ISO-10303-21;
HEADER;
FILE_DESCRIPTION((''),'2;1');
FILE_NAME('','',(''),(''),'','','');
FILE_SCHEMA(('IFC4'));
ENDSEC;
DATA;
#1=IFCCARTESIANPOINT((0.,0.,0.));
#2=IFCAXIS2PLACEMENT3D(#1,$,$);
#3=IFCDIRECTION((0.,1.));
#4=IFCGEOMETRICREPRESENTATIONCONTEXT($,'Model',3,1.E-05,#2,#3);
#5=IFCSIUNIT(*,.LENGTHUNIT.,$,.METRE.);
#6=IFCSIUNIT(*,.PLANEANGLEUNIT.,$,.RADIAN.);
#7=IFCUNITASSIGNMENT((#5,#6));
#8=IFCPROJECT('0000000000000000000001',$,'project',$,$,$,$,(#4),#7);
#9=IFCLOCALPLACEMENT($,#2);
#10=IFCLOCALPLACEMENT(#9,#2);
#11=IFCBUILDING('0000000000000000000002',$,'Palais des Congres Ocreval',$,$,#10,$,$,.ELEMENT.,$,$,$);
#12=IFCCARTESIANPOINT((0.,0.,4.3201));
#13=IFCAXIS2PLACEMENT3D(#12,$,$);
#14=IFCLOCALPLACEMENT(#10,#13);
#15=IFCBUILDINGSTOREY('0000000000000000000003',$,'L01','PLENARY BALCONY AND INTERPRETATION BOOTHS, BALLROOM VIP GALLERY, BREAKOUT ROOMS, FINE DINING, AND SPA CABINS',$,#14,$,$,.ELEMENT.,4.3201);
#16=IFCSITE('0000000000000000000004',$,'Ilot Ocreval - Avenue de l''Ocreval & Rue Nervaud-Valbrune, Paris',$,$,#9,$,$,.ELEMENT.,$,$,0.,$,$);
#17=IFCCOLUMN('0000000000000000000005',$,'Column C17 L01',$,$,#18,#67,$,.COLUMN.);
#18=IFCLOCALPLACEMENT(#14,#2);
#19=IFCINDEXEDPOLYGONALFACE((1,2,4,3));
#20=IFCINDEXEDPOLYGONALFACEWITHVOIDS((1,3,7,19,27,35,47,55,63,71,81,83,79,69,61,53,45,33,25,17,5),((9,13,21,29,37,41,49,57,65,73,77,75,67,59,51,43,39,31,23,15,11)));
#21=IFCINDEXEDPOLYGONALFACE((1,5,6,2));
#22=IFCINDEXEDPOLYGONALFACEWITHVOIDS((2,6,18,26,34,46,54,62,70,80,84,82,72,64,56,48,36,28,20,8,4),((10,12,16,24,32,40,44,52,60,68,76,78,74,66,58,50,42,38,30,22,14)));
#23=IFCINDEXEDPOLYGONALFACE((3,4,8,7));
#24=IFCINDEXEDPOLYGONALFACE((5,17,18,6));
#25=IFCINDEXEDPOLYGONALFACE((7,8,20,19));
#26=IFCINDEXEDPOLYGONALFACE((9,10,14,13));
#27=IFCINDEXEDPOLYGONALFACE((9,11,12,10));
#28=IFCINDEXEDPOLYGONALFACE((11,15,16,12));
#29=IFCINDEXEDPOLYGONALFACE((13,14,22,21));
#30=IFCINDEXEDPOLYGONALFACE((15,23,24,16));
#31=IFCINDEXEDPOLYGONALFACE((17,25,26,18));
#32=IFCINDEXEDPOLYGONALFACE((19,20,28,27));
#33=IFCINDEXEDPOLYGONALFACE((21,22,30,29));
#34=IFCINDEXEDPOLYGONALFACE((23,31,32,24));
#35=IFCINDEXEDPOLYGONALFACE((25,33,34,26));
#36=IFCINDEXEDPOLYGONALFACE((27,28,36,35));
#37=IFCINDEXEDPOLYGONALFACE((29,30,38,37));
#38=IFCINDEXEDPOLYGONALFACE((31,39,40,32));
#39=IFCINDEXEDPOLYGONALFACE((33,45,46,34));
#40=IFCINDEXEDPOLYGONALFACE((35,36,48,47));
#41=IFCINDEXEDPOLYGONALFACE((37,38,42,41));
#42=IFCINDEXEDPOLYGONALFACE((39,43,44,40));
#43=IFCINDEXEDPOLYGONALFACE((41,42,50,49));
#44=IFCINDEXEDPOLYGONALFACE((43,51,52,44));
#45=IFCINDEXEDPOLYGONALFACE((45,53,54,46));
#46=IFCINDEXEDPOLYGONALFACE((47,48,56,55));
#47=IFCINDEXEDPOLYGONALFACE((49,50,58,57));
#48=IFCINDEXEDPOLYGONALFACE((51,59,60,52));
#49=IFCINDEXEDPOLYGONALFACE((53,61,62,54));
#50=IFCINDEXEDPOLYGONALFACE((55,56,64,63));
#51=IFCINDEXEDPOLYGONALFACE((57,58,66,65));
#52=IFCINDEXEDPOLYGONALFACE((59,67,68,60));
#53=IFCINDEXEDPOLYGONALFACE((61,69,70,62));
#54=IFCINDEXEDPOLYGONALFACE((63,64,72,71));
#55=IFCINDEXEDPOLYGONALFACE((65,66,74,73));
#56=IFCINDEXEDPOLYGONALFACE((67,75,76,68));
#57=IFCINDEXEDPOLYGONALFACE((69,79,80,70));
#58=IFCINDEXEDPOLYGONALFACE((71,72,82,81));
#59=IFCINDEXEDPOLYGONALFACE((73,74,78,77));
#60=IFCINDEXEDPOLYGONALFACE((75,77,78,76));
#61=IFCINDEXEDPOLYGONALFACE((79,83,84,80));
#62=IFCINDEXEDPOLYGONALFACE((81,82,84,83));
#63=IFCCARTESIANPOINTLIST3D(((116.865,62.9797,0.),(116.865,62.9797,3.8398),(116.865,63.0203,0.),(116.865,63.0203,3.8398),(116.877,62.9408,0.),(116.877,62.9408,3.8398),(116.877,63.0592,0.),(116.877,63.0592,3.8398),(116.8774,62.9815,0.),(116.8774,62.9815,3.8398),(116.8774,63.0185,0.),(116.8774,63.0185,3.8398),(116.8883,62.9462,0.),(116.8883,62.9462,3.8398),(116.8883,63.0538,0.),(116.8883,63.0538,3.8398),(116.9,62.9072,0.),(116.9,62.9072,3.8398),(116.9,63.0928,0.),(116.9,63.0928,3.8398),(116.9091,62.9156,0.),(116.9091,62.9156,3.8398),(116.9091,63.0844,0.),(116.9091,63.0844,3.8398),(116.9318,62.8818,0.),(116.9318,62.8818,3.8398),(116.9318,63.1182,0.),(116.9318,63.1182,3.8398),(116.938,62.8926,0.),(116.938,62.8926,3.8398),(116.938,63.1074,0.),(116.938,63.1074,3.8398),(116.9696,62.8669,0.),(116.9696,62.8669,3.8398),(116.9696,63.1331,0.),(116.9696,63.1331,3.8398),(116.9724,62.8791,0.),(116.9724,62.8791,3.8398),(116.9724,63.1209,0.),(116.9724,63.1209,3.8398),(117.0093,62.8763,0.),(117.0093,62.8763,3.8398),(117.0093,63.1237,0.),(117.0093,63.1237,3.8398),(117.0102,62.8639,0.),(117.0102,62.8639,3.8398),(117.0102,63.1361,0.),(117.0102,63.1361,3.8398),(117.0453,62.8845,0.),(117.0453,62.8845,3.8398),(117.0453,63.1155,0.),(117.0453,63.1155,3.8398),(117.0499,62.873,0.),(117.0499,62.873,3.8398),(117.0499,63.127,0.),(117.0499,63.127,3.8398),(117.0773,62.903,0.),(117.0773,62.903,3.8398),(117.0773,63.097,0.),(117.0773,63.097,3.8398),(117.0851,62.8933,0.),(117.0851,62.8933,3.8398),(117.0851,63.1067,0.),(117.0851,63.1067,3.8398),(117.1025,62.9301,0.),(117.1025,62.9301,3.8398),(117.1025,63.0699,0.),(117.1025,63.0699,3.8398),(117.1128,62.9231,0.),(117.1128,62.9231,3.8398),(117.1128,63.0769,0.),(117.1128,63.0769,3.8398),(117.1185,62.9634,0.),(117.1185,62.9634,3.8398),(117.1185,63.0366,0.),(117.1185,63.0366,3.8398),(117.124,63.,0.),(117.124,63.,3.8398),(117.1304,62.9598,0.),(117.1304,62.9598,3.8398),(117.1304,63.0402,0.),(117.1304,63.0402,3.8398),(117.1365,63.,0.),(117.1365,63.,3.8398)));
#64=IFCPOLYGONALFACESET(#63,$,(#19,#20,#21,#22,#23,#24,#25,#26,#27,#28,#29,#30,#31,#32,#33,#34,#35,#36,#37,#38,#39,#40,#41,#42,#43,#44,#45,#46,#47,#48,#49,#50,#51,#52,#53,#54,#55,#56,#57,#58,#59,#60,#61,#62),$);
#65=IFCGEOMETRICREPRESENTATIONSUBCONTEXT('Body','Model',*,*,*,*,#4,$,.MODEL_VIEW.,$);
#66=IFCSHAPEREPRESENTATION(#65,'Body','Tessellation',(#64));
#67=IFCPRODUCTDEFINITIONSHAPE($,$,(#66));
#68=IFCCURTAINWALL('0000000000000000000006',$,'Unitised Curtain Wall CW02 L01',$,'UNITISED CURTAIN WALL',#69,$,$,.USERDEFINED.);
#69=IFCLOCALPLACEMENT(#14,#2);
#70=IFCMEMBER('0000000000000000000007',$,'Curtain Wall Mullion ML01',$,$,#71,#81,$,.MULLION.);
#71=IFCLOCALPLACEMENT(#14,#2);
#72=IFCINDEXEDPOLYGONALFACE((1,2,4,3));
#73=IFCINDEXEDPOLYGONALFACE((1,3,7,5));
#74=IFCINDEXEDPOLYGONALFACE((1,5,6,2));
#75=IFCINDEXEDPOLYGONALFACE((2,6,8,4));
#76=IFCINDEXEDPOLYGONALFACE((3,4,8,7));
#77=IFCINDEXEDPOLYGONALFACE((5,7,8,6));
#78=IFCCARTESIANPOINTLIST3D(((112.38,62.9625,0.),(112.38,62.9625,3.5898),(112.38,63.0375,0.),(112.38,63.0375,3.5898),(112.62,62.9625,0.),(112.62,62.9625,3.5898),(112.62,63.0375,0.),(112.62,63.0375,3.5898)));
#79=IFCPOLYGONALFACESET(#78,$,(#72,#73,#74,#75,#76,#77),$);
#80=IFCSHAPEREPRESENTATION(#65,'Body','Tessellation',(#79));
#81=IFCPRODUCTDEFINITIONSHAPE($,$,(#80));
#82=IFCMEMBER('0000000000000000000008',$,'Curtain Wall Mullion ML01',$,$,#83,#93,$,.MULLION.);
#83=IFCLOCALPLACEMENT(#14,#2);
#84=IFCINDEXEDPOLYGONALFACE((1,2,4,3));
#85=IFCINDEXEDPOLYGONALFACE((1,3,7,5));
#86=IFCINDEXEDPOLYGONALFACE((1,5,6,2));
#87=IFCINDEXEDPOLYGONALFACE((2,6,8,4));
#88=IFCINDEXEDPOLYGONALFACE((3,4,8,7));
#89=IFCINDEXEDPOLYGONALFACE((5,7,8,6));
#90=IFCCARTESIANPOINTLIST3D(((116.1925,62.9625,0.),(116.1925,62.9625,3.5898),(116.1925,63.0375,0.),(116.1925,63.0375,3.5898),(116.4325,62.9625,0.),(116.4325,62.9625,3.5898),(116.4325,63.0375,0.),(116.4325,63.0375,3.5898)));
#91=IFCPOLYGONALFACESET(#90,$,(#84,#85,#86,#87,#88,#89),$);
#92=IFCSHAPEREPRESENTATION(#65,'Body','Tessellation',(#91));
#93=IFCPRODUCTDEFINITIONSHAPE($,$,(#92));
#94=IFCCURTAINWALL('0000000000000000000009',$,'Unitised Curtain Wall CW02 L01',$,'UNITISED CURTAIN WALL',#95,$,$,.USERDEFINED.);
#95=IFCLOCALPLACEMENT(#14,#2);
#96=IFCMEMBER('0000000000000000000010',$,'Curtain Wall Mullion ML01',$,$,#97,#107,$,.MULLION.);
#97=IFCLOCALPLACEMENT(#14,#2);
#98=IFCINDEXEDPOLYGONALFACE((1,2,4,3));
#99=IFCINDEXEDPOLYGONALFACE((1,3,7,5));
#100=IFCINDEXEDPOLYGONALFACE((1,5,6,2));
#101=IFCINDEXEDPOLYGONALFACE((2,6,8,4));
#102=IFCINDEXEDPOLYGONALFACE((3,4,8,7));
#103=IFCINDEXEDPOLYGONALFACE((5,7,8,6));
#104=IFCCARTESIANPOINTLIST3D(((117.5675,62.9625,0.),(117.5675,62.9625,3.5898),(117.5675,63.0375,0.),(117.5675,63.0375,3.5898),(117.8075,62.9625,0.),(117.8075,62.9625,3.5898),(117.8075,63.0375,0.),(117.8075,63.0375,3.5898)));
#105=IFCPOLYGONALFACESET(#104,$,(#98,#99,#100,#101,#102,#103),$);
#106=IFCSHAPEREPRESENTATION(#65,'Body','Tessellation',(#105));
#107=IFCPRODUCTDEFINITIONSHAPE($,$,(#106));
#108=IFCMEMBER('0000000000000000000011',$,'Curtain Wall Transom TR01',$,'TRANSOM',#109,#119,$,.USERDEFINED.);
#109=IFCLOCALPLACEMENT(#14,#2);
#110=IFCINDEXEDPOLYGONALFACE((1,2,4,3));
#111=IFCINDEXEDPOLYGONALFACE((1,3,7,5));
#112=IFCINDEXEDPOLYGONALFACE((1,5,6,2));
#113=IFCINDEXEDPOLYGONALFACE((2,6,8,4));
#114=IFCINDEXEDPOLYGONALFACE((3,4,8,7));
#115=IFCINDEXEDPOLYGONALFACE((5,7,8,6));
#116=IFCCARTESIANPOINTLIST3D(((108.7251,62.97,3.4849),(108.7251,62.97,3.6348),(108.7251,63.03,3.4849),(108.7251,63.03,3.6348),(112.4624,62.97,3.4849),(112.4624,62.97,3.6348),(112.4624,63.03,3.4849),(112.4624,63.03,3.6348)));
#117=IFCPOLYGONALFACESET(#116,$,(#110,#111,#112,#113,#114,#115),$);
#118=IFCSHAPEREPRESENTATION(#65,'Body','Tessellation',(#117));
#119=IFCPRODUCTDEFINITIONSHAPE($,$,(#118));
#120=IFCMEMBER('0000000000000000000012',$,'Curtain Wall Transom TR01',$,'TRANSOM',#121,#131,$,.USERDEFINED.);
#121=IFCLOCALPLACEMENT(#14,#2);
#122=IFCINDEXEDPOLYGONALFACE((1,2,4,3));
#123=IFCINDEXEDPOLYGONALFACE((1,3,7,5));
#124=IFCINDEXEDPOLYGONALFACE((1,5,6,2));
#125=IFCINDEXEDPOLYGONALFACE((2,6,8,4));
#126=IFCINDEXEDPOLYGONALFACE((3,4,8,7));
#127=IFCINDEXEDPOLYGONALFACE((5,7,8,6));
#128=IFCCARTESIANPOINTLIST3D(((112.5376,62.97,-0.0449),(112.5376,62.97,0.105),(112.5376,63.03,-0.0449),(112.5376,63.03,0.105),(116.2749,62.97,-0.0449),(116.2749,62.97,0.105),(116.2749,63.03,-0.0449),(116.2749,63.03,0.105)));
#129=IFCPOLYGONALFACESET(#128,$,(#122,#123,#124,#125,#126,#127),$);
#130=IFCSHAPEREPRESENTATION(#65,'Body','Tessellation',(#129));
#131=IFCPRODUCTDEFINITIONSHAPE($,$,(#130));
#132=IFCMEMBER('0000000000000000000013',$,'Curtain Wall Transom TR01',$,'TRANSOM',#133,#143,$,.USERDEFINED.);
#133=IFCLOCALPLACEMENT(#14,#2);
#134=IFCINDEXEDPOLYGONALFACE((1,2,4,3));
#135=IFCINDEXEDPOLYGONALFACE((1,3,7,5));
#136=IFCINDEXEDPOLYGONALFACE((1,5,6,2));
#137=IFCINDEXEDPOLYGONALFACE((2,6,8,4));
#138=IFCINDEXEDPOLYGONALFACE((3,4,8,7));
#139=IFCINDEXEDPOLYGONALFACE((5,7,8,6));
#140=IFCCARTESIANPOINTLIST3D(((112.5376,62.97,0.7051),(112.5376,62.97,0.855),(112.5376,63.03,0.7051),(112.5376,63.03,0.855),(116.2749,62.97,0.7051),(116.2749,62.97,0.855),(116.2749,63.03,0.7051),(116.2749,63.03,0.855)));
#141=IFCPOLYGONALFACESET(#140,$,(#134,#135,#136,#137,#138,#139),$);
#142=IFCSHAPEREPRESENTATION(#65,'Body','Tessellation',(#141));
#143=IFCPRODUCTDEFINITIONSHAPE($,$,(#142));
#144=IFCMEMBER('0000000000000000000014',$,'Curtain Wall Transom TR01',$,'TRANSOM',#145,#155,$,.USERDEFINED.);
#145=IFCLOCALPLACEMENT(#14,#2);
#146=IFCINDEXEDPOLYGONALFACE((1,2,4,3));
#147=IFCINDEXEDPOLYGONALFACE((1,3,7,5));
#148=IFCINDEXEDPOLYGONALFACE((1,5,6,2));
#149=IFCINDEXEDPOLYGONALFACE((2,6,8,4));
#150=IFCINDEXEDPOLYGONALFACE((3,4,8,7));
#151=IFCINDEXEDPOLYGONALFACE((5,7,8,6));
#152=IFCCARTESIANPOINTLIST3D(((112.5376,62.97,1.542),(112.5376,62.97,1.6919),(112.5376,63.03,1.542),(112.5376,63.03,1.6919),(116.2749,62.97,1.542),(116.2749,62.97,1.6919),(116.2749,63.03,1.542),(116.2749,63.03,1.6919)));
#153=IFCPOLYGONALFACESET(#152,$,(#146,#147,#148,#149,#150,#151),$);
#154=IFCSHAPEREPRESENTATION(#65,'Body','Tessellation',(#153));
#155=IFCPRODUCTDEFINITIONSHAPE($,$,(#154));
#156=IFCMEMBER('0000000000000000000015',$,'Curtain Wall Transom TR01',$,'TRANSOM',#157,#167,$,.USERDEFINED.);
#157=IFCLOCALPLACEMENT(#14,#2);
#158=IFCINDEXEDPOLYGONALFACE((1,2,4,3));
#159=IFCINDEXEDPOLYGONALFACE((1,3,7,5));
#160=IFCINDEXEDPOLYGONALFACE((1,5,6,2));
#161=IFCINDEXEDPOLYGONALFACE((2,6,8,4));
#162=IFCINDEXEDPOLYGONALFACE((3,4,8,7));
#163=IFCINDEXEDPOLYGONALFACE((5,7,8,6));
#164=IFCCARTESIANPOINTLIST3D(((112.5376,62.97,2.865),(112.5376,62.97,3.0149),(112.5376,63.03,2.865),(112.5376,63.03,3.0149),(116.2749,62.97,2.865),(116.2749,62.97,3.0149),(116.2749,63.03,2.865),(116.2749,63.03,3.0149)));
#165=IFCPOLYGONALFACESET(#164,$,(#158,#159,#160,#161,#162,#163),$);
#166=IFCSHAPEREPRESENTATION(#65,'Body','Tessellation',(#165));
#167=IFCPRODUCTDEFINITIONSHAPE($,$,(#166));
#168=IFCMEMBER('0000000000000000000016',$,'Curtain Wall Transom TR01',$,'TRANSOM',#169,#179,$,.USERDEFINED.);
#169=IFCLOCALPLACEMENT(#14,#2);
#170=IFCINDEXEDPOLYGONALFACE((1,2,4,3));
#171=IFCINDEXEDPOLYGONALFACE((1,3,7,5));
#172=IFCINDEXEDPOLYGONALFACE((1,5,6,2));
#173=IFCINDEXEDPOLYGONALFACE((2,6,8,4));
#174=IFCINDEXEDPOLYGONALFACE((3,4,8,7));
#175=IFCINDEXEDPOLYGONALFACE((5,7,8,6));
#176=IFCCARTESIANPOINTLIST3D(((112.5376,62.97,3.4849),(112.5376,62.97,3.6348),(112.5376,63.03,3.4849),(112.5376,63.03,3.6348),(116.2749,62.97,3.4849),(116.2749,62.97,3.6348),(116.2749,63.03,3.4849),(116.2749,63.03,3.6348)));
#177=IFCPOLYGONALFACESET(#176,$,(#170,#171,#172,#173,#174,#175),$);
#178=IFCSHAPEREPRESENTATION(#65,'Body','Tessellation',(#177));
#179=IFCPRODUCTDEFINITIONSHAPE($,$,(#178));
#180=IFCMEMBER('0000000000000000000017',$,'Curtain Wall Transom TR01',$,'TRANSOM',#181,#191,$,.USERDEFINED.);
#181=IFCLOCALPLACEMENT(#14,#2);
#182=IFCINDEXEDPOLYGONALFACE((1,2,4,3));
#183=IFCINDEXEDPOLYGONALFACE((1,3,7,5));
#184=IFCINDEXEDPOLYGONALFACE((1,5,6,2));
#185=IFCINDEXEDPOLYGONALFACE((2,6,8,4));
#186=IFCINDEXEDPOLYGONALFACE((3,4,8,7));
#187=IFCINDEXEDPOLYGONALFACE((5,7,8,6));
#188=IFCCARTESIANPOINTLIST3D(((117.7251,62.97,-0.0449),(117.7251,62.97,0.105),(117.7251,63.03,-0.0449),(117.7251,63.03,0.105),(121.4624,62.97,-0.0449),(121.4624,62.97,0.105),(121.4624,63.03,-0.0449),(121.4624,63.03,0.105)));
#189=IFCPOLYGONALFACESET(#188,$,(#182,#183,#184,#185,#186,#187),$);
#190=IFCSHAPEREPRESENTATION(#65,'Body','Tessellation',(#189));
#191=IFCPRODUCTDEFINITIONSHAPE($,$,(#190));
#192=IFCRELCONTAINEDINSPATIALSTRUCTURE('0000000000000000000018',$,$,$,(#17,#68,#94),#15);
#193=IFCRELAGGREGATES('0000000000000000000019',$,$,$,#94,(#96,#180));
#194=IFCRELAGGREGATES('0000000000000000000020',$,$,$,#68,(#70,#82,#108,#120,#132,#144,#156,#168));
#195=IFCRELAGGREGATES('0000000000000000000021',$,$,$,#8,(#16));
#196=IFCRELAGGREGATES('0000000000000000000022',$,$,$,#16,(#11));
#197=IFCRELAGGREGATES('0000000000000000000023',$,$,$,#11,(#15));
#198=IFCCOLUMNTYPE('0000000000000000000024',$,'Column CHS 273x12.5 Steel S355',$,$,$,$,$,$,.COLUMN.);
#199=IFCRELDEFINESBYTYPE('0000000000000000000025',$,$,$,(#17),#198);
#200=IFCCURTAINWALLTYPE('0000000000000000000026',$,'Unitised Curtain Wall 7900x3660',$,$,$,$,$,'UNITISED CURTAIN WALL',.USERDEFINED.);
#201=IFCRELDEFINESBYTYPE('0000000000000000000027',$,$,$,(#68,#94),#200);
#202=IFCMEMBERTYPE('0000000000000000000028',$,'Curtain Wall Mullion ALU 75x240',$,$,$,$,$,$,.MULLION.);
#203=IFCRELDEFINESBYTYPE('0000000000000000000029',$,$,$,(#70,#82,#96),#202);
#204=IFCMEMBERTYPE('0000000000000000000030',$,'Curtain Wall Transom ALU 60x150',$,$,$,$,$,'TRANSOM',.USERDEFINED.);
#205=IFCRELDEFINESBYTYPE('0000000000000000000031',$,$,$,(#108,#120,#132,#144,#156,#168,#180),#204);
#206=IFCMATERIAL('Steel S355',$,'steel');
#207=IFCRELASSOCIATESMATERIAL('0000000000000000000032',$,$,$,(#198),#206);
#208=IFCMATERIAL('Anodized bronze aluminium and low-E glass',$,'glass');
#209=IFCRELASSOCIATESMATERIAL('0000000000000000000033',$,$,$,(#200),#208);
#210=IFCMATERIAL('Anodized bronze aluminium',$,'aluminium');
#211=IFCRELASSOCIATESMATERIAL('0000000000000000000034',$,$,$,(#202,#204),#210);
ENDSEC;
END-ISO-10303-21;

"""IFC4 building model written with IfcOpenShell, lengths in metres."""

from ifc_helpers import new_model, si_unit, direction, frame, origin, origin_2d, place, context, subcontext, project, spatial, rectangle, hollow_circle, extrude, material, material_profile, profile_set, type_object, element, aggregate, save


model = new_model("IFC4")

# Units and contexts
model_context = context("Model", 3, precision=1e-05, world=origin(), true_north=direction((0.0, 1.0)))
body_context = subcontext(model_context, "Body", "Model", "MODEL_VIEW")
ifc_project = project(units=[si_unit("LENGTHUNIT", "METRE"), si_unit("PLANEANGLEUNIT", "RADIAN")], contexts=[model_context])

# Site, building, storey
site_placement = place(None, origin())
site = spatial("IfcSite", under=ifc_project, at=site_placement, Name="Ilot Ocreval - Avenue de l'Ocreval & Rue Nervaud-Valbrune, Paris", CompositionType="ELEMENT", RefElevation=0.0)
building_placement = place(site_placement, origin())
building = spatial("IfcBuilding", under=site, at=building_placement, Name="Palais des Congres Ocreval", CompositionType="ELEMENT")
storey_placement = place(building_placement, frame((0.0, 0.0, 4.3201)))
storey = spatial("IfcBuildingStorey", under=building, at=storey_placement, Name="L01", Description="PLENARY BALCONY AND INTERPRETATION BOOTHS, BALLROOM VIP GALLERY, BREAKOUT ROOMS, FINE DINING, AND SPA CABINS", CompositionType="ELEMENT", Elevation=4.3201)

# Column
ifc_material_1 = material(Name="Steel S355", Category="steel")
ifc_material_profile_1 = material_profile(ifc_material_1, hollow_circle(Radius=0.1365, WallThickness=0.0125, at=origin_2d()), Name="CHS 273x12.5")
ifc_profile_set_1 = profile_set([ifc_material_profile_1], Name="Steel S355")
column_type = type_object("IfcColumnType", Name="Column CHS 273x12.5 Steel S355", PredefinedType="COLUMN", material=ifc_profile_set_1)
column_placement = place(storey_placement, frame((117.0, 63.0, 0.0), z_axis=(0.0, 0.0, 1.0), x_axis=(1.0, 0.0, 0.0)))
element("IfcColumn", 1, at=column_placement, inside=storey, type_object=column_type, Name="Column C17 L01", PredefinedType="COLUMN", context=body_context, shape_type="SweptSolid", body=[
    extrude(hollow_circle(Radius=0.1365, WallThickness=0.0125, at=origin_2d()), origin(), (0.0, 0.0, 1.0), 3.8398),
])

# Curtain wall, members
ifc_material_2 = material(Name="Anodized bronze aluminium and low-E glass", Category="glass")
curtain_wall_type = type_object("IfcCurtainWallType", Name="Unitised Curtain Wall 7900x3660", ElementType="UNITISED CURTAIN WALL", PredefinedType="USERDEFINED", material=ifc_material_2)
curtain_wall_1_placement = place(storey_placement, origin())
curtain_wall_1 = element("IfcCurtainWall", 2, at=curtain_wall_1_placement, inside=storey, type_object=curtain_wall_type, Name="Unitised Curtain Wall CW02 L01", ObjectType="UNITISED CURTAIN WALL", PredefinedType="USERDEFINED")
ifc_material_3 = material(Name="Anodized bronze aluminium", Category="aluminium")
ifc_material_profile_2 = material_profile(ifc_material_3, rectangle(XDim=0.075, YDim=0.24, at=origin_2d()), Name="ALU 75x240")
ifc_profile_set_2 = profile_set([ifc_material_profile_2], Name="Anodized bronze aluminium")
member_type_1 = type_object("IfcMemberType", Name="Curtain Wall Mullion ALU 75x240", PredefinedType="MULLION", material=ifc_profile_set_2)
member_1_placement = place(storey_placement, frame((112.5, 63.0, 0.0), z_axis=(0.0, 0.0, 1.0), x_axis=(0.0, 1.0, 0.0)))
member_1 = element("IfcMember", 3, at=member_1_placement, type_object=member_type_1, Name="Curtain Wall Mullion ML01", PredefinedType="MULLION", context=body_context, shape_type="SweptSolid", body=[
    extrude(rectangle(XDim=0.075, YDim=0.24, at=origin_2d()), origin(), (0.0, 0.0, 1.0), 3.5898),
])
member_2_placement = place(storey_placement, frame((116.3125, 63.0, 0.0), z_axis=(0.0, 0.0, 1.0), x_axis=(0.0, 1.0, 0.0)))
member_2 = element("IfcMember", 4, at=member_2_placement, type_object=member_type_1, Name="Curtain Wall Mullion ML01", PredefinedType="MULLION", context=body_context, shape_type="SweptSolid", body=[
    extrude(rectangle(XDim=0.075, YDim=0.24, at=origin_2d()), origin(), (0.0, 0.0, 1.0), 3.5898),
])

# Curtain wall, member
curtain_wall_2_placement = place(storey_placement, origin())
curtain_wall_2 = element("IfcCurtainWall", 5, at=curtain_wall_2_placement, inside=storey, type_object=curtain_wall_type, Name="Unitised Curtain Wall CW02 L01", ObjectType="UNITISED CURTAIN WALL", PredefinedType="USERDEFINED")
member_3_placement = place(storey_placement, frame((117.6875, 63.0, 0.0), z_axis=(0.0, 0.0, 1.0), x_axis=(0.0, 1.0, 0.0)))
member_3 = element("IfcMember", 6, at=member_3_placement, type_object=member_type_1, Name="Curtain Wall Mullion ML01", PredefinedType="MULLION", context=body_context, shape_type="SweptSolid", body=[
    extrude(rectangle(XDim=0.075, YDim=0.24, at=origin_2d()), origin(), (0.0, 0.0, 1.0), 3.5898),
])

# Members
ifc_material_profile_3 = material_profile(ifc_material_3, rectangle(XDim=0.0601, YDim=0.1499, at=origin_2d()), Name="ALU 60x150")
ifc_profile_set_3 = profile_set([ifc_material_profile_3], Name="Anodized bronze aluminium")
member_type_2 = type_object("IfcMemberType", Name="Curtain Wall Transom ALU 60x150", ElementType="TRANSOM", PredefinedType="USERDEFINED", material=ifc_profile_set_3)
member_4_placement = place(storey_placement, frame((108.7251, 63.0, 3.5598), z_axis=(1.0, 0.0, 0.0), x_axis=(0.0, 1.0, 0.0)))
member_4 = element("IfcMember", 7, at=member_4_placement, type_object=member_type_2, Name="Curtain Wall Transom TR01", ObjectType="TRANSOM", PredefinedType="USERDEFINED", context=body_context, shape_type="SweptSolid", body=[
    extrude(rectangle(XDim=0.0601, YDim=0.1499, at=origin_2d()), origin(), (0.0, 0.0, 1.0), 3.7373),
])
member_5_placement = place(storey_placement, frame((112.5376, 63.0, 0.03), z_axis=(1.0, 0.0, 0.0), x_axis=(0.0, 1.0, 0.0)))
member_5 = element("IfcMember", 8, at=member_5_placement, type_object=member_type_2, Name="Curtain Wall Transom TR01", ObjectType="TRANSOM", PredefinedType="USERDEFINED", context=body_context, shape_type="SweptSolid", body=[
    extrude(rectangle(XDim=0.0601, YDim=0.1499, at=origin_2d()), origin(), (0.0, 0.0, 1.0), 3.7373),
])
member_6_placement = place(storey_placement, frame((112.5376, 63.0, 0.78), z_axis=(1.0, 0.0, 0.0), x_axis=(0.0, 1.0, 0.0)))
member_6 = element("IfcMember", 9, at=member_6_placement, type_object=member_type_2, Name="Curtain Wall Transom TR01", ObjectType="TRANSOM", PredefinedType="USERDEFINED", context=body_context, shape_type="SweptSolid", body=[
    extrude(rectangle(XDim=0.0601, YDim=0.1499, at=origin_2d()), origin(), (0.0, 0.0, 1.0), 3.7373),
])
member_7_placement = place(storey_placement, frame((112.5376, 63.0, 1.6169), z_axis=(1.0, 0.0, 0.0), x_axis=(0.0, 1.0, 0.0)))
member_7 = element("IfcMember", 10, at=member_7_placement, type_object=member_type_2, Name="Curtain Wall Transom TR01", ObjectType="TRANSOM", PredefinedType="USERDEFINED", context=body_context, shape_type="SweptSolid", body=[
    extrude(rectangle(XDim=0.0601, YDim=0.1499, at=origin_2d()), origin(), (0.0, 0.0, 1.0), 3.7373),
])
member_8_placement = place(storey_placement, frame((112.5376, 63.0, 2.9399), z_axis=(1.0, 0.0, 0.0), x_axis=(0.0, 1.0, 0.0)))
member_8 = element("IfcMember", 11, at=member_8_placement, type_object=member_type_2, Name="Curtain Wall Transom TR01", ObjectType="TRANSOM", PredefinedType="USERDEFINED", context=body_context, shape_type="SweptSolid", body=[
    extrude(rectangle(XDim=0.0601, YDim=0.1499, at=origin_2d()), origin(), (0.0, 0.0, 1.0), 3.7373),
])
member_9_placement = place(storey_placement, frame((112.5376, 63.0, 3.5598), z_axis=(1.0, 0.0, 0.0), x_axis=(0.0, 1.0, 0.0)))
member_9 = element("IfcMember", 12, at=member_9_placement, type_object=member_type_2, Name="Curtain Wall Transom TR01", ObjectType="TRANSOM", PredefinedType="USERDEFINED", context=body_context, shape_type="SweptSolid", body=[
    extrude(rectangle(XDim=0.0601, YDim=0.1499, at=origin_2d()), origin(), (0.0, 0.0, 1.0), 3.7373),
])
member_10_placement = place(storey_placement, frame((117.7251, 63.0, 0.03), z_axis=(1.0, 0.0, 0.0), x_axis=(0.0, 1.0, 0.0)))
member_10 = element("IfcMember", 13, at=member_10_placement, type_object=member_type_2, Name="Curtain Wall Transom TR01", ObjectType="TRANSOM", PredefinedType="USERDEFINED", context=body_context, shape_type="SweptSolid", body=[
    extrude(rectangle(XDim=0.0601, YDim=0.1499, at=origin_2d()), origin(), (0.0, 0.0, 1.0), 3.7373),
])
aggregate(curtain_wall_2, [member_3, member_10])

aggregate(curtain_wall_1, [member_1, member_2, member_4, member_5, member_6, member_7, member_8, member_9])

save(model, "model.ifc")
